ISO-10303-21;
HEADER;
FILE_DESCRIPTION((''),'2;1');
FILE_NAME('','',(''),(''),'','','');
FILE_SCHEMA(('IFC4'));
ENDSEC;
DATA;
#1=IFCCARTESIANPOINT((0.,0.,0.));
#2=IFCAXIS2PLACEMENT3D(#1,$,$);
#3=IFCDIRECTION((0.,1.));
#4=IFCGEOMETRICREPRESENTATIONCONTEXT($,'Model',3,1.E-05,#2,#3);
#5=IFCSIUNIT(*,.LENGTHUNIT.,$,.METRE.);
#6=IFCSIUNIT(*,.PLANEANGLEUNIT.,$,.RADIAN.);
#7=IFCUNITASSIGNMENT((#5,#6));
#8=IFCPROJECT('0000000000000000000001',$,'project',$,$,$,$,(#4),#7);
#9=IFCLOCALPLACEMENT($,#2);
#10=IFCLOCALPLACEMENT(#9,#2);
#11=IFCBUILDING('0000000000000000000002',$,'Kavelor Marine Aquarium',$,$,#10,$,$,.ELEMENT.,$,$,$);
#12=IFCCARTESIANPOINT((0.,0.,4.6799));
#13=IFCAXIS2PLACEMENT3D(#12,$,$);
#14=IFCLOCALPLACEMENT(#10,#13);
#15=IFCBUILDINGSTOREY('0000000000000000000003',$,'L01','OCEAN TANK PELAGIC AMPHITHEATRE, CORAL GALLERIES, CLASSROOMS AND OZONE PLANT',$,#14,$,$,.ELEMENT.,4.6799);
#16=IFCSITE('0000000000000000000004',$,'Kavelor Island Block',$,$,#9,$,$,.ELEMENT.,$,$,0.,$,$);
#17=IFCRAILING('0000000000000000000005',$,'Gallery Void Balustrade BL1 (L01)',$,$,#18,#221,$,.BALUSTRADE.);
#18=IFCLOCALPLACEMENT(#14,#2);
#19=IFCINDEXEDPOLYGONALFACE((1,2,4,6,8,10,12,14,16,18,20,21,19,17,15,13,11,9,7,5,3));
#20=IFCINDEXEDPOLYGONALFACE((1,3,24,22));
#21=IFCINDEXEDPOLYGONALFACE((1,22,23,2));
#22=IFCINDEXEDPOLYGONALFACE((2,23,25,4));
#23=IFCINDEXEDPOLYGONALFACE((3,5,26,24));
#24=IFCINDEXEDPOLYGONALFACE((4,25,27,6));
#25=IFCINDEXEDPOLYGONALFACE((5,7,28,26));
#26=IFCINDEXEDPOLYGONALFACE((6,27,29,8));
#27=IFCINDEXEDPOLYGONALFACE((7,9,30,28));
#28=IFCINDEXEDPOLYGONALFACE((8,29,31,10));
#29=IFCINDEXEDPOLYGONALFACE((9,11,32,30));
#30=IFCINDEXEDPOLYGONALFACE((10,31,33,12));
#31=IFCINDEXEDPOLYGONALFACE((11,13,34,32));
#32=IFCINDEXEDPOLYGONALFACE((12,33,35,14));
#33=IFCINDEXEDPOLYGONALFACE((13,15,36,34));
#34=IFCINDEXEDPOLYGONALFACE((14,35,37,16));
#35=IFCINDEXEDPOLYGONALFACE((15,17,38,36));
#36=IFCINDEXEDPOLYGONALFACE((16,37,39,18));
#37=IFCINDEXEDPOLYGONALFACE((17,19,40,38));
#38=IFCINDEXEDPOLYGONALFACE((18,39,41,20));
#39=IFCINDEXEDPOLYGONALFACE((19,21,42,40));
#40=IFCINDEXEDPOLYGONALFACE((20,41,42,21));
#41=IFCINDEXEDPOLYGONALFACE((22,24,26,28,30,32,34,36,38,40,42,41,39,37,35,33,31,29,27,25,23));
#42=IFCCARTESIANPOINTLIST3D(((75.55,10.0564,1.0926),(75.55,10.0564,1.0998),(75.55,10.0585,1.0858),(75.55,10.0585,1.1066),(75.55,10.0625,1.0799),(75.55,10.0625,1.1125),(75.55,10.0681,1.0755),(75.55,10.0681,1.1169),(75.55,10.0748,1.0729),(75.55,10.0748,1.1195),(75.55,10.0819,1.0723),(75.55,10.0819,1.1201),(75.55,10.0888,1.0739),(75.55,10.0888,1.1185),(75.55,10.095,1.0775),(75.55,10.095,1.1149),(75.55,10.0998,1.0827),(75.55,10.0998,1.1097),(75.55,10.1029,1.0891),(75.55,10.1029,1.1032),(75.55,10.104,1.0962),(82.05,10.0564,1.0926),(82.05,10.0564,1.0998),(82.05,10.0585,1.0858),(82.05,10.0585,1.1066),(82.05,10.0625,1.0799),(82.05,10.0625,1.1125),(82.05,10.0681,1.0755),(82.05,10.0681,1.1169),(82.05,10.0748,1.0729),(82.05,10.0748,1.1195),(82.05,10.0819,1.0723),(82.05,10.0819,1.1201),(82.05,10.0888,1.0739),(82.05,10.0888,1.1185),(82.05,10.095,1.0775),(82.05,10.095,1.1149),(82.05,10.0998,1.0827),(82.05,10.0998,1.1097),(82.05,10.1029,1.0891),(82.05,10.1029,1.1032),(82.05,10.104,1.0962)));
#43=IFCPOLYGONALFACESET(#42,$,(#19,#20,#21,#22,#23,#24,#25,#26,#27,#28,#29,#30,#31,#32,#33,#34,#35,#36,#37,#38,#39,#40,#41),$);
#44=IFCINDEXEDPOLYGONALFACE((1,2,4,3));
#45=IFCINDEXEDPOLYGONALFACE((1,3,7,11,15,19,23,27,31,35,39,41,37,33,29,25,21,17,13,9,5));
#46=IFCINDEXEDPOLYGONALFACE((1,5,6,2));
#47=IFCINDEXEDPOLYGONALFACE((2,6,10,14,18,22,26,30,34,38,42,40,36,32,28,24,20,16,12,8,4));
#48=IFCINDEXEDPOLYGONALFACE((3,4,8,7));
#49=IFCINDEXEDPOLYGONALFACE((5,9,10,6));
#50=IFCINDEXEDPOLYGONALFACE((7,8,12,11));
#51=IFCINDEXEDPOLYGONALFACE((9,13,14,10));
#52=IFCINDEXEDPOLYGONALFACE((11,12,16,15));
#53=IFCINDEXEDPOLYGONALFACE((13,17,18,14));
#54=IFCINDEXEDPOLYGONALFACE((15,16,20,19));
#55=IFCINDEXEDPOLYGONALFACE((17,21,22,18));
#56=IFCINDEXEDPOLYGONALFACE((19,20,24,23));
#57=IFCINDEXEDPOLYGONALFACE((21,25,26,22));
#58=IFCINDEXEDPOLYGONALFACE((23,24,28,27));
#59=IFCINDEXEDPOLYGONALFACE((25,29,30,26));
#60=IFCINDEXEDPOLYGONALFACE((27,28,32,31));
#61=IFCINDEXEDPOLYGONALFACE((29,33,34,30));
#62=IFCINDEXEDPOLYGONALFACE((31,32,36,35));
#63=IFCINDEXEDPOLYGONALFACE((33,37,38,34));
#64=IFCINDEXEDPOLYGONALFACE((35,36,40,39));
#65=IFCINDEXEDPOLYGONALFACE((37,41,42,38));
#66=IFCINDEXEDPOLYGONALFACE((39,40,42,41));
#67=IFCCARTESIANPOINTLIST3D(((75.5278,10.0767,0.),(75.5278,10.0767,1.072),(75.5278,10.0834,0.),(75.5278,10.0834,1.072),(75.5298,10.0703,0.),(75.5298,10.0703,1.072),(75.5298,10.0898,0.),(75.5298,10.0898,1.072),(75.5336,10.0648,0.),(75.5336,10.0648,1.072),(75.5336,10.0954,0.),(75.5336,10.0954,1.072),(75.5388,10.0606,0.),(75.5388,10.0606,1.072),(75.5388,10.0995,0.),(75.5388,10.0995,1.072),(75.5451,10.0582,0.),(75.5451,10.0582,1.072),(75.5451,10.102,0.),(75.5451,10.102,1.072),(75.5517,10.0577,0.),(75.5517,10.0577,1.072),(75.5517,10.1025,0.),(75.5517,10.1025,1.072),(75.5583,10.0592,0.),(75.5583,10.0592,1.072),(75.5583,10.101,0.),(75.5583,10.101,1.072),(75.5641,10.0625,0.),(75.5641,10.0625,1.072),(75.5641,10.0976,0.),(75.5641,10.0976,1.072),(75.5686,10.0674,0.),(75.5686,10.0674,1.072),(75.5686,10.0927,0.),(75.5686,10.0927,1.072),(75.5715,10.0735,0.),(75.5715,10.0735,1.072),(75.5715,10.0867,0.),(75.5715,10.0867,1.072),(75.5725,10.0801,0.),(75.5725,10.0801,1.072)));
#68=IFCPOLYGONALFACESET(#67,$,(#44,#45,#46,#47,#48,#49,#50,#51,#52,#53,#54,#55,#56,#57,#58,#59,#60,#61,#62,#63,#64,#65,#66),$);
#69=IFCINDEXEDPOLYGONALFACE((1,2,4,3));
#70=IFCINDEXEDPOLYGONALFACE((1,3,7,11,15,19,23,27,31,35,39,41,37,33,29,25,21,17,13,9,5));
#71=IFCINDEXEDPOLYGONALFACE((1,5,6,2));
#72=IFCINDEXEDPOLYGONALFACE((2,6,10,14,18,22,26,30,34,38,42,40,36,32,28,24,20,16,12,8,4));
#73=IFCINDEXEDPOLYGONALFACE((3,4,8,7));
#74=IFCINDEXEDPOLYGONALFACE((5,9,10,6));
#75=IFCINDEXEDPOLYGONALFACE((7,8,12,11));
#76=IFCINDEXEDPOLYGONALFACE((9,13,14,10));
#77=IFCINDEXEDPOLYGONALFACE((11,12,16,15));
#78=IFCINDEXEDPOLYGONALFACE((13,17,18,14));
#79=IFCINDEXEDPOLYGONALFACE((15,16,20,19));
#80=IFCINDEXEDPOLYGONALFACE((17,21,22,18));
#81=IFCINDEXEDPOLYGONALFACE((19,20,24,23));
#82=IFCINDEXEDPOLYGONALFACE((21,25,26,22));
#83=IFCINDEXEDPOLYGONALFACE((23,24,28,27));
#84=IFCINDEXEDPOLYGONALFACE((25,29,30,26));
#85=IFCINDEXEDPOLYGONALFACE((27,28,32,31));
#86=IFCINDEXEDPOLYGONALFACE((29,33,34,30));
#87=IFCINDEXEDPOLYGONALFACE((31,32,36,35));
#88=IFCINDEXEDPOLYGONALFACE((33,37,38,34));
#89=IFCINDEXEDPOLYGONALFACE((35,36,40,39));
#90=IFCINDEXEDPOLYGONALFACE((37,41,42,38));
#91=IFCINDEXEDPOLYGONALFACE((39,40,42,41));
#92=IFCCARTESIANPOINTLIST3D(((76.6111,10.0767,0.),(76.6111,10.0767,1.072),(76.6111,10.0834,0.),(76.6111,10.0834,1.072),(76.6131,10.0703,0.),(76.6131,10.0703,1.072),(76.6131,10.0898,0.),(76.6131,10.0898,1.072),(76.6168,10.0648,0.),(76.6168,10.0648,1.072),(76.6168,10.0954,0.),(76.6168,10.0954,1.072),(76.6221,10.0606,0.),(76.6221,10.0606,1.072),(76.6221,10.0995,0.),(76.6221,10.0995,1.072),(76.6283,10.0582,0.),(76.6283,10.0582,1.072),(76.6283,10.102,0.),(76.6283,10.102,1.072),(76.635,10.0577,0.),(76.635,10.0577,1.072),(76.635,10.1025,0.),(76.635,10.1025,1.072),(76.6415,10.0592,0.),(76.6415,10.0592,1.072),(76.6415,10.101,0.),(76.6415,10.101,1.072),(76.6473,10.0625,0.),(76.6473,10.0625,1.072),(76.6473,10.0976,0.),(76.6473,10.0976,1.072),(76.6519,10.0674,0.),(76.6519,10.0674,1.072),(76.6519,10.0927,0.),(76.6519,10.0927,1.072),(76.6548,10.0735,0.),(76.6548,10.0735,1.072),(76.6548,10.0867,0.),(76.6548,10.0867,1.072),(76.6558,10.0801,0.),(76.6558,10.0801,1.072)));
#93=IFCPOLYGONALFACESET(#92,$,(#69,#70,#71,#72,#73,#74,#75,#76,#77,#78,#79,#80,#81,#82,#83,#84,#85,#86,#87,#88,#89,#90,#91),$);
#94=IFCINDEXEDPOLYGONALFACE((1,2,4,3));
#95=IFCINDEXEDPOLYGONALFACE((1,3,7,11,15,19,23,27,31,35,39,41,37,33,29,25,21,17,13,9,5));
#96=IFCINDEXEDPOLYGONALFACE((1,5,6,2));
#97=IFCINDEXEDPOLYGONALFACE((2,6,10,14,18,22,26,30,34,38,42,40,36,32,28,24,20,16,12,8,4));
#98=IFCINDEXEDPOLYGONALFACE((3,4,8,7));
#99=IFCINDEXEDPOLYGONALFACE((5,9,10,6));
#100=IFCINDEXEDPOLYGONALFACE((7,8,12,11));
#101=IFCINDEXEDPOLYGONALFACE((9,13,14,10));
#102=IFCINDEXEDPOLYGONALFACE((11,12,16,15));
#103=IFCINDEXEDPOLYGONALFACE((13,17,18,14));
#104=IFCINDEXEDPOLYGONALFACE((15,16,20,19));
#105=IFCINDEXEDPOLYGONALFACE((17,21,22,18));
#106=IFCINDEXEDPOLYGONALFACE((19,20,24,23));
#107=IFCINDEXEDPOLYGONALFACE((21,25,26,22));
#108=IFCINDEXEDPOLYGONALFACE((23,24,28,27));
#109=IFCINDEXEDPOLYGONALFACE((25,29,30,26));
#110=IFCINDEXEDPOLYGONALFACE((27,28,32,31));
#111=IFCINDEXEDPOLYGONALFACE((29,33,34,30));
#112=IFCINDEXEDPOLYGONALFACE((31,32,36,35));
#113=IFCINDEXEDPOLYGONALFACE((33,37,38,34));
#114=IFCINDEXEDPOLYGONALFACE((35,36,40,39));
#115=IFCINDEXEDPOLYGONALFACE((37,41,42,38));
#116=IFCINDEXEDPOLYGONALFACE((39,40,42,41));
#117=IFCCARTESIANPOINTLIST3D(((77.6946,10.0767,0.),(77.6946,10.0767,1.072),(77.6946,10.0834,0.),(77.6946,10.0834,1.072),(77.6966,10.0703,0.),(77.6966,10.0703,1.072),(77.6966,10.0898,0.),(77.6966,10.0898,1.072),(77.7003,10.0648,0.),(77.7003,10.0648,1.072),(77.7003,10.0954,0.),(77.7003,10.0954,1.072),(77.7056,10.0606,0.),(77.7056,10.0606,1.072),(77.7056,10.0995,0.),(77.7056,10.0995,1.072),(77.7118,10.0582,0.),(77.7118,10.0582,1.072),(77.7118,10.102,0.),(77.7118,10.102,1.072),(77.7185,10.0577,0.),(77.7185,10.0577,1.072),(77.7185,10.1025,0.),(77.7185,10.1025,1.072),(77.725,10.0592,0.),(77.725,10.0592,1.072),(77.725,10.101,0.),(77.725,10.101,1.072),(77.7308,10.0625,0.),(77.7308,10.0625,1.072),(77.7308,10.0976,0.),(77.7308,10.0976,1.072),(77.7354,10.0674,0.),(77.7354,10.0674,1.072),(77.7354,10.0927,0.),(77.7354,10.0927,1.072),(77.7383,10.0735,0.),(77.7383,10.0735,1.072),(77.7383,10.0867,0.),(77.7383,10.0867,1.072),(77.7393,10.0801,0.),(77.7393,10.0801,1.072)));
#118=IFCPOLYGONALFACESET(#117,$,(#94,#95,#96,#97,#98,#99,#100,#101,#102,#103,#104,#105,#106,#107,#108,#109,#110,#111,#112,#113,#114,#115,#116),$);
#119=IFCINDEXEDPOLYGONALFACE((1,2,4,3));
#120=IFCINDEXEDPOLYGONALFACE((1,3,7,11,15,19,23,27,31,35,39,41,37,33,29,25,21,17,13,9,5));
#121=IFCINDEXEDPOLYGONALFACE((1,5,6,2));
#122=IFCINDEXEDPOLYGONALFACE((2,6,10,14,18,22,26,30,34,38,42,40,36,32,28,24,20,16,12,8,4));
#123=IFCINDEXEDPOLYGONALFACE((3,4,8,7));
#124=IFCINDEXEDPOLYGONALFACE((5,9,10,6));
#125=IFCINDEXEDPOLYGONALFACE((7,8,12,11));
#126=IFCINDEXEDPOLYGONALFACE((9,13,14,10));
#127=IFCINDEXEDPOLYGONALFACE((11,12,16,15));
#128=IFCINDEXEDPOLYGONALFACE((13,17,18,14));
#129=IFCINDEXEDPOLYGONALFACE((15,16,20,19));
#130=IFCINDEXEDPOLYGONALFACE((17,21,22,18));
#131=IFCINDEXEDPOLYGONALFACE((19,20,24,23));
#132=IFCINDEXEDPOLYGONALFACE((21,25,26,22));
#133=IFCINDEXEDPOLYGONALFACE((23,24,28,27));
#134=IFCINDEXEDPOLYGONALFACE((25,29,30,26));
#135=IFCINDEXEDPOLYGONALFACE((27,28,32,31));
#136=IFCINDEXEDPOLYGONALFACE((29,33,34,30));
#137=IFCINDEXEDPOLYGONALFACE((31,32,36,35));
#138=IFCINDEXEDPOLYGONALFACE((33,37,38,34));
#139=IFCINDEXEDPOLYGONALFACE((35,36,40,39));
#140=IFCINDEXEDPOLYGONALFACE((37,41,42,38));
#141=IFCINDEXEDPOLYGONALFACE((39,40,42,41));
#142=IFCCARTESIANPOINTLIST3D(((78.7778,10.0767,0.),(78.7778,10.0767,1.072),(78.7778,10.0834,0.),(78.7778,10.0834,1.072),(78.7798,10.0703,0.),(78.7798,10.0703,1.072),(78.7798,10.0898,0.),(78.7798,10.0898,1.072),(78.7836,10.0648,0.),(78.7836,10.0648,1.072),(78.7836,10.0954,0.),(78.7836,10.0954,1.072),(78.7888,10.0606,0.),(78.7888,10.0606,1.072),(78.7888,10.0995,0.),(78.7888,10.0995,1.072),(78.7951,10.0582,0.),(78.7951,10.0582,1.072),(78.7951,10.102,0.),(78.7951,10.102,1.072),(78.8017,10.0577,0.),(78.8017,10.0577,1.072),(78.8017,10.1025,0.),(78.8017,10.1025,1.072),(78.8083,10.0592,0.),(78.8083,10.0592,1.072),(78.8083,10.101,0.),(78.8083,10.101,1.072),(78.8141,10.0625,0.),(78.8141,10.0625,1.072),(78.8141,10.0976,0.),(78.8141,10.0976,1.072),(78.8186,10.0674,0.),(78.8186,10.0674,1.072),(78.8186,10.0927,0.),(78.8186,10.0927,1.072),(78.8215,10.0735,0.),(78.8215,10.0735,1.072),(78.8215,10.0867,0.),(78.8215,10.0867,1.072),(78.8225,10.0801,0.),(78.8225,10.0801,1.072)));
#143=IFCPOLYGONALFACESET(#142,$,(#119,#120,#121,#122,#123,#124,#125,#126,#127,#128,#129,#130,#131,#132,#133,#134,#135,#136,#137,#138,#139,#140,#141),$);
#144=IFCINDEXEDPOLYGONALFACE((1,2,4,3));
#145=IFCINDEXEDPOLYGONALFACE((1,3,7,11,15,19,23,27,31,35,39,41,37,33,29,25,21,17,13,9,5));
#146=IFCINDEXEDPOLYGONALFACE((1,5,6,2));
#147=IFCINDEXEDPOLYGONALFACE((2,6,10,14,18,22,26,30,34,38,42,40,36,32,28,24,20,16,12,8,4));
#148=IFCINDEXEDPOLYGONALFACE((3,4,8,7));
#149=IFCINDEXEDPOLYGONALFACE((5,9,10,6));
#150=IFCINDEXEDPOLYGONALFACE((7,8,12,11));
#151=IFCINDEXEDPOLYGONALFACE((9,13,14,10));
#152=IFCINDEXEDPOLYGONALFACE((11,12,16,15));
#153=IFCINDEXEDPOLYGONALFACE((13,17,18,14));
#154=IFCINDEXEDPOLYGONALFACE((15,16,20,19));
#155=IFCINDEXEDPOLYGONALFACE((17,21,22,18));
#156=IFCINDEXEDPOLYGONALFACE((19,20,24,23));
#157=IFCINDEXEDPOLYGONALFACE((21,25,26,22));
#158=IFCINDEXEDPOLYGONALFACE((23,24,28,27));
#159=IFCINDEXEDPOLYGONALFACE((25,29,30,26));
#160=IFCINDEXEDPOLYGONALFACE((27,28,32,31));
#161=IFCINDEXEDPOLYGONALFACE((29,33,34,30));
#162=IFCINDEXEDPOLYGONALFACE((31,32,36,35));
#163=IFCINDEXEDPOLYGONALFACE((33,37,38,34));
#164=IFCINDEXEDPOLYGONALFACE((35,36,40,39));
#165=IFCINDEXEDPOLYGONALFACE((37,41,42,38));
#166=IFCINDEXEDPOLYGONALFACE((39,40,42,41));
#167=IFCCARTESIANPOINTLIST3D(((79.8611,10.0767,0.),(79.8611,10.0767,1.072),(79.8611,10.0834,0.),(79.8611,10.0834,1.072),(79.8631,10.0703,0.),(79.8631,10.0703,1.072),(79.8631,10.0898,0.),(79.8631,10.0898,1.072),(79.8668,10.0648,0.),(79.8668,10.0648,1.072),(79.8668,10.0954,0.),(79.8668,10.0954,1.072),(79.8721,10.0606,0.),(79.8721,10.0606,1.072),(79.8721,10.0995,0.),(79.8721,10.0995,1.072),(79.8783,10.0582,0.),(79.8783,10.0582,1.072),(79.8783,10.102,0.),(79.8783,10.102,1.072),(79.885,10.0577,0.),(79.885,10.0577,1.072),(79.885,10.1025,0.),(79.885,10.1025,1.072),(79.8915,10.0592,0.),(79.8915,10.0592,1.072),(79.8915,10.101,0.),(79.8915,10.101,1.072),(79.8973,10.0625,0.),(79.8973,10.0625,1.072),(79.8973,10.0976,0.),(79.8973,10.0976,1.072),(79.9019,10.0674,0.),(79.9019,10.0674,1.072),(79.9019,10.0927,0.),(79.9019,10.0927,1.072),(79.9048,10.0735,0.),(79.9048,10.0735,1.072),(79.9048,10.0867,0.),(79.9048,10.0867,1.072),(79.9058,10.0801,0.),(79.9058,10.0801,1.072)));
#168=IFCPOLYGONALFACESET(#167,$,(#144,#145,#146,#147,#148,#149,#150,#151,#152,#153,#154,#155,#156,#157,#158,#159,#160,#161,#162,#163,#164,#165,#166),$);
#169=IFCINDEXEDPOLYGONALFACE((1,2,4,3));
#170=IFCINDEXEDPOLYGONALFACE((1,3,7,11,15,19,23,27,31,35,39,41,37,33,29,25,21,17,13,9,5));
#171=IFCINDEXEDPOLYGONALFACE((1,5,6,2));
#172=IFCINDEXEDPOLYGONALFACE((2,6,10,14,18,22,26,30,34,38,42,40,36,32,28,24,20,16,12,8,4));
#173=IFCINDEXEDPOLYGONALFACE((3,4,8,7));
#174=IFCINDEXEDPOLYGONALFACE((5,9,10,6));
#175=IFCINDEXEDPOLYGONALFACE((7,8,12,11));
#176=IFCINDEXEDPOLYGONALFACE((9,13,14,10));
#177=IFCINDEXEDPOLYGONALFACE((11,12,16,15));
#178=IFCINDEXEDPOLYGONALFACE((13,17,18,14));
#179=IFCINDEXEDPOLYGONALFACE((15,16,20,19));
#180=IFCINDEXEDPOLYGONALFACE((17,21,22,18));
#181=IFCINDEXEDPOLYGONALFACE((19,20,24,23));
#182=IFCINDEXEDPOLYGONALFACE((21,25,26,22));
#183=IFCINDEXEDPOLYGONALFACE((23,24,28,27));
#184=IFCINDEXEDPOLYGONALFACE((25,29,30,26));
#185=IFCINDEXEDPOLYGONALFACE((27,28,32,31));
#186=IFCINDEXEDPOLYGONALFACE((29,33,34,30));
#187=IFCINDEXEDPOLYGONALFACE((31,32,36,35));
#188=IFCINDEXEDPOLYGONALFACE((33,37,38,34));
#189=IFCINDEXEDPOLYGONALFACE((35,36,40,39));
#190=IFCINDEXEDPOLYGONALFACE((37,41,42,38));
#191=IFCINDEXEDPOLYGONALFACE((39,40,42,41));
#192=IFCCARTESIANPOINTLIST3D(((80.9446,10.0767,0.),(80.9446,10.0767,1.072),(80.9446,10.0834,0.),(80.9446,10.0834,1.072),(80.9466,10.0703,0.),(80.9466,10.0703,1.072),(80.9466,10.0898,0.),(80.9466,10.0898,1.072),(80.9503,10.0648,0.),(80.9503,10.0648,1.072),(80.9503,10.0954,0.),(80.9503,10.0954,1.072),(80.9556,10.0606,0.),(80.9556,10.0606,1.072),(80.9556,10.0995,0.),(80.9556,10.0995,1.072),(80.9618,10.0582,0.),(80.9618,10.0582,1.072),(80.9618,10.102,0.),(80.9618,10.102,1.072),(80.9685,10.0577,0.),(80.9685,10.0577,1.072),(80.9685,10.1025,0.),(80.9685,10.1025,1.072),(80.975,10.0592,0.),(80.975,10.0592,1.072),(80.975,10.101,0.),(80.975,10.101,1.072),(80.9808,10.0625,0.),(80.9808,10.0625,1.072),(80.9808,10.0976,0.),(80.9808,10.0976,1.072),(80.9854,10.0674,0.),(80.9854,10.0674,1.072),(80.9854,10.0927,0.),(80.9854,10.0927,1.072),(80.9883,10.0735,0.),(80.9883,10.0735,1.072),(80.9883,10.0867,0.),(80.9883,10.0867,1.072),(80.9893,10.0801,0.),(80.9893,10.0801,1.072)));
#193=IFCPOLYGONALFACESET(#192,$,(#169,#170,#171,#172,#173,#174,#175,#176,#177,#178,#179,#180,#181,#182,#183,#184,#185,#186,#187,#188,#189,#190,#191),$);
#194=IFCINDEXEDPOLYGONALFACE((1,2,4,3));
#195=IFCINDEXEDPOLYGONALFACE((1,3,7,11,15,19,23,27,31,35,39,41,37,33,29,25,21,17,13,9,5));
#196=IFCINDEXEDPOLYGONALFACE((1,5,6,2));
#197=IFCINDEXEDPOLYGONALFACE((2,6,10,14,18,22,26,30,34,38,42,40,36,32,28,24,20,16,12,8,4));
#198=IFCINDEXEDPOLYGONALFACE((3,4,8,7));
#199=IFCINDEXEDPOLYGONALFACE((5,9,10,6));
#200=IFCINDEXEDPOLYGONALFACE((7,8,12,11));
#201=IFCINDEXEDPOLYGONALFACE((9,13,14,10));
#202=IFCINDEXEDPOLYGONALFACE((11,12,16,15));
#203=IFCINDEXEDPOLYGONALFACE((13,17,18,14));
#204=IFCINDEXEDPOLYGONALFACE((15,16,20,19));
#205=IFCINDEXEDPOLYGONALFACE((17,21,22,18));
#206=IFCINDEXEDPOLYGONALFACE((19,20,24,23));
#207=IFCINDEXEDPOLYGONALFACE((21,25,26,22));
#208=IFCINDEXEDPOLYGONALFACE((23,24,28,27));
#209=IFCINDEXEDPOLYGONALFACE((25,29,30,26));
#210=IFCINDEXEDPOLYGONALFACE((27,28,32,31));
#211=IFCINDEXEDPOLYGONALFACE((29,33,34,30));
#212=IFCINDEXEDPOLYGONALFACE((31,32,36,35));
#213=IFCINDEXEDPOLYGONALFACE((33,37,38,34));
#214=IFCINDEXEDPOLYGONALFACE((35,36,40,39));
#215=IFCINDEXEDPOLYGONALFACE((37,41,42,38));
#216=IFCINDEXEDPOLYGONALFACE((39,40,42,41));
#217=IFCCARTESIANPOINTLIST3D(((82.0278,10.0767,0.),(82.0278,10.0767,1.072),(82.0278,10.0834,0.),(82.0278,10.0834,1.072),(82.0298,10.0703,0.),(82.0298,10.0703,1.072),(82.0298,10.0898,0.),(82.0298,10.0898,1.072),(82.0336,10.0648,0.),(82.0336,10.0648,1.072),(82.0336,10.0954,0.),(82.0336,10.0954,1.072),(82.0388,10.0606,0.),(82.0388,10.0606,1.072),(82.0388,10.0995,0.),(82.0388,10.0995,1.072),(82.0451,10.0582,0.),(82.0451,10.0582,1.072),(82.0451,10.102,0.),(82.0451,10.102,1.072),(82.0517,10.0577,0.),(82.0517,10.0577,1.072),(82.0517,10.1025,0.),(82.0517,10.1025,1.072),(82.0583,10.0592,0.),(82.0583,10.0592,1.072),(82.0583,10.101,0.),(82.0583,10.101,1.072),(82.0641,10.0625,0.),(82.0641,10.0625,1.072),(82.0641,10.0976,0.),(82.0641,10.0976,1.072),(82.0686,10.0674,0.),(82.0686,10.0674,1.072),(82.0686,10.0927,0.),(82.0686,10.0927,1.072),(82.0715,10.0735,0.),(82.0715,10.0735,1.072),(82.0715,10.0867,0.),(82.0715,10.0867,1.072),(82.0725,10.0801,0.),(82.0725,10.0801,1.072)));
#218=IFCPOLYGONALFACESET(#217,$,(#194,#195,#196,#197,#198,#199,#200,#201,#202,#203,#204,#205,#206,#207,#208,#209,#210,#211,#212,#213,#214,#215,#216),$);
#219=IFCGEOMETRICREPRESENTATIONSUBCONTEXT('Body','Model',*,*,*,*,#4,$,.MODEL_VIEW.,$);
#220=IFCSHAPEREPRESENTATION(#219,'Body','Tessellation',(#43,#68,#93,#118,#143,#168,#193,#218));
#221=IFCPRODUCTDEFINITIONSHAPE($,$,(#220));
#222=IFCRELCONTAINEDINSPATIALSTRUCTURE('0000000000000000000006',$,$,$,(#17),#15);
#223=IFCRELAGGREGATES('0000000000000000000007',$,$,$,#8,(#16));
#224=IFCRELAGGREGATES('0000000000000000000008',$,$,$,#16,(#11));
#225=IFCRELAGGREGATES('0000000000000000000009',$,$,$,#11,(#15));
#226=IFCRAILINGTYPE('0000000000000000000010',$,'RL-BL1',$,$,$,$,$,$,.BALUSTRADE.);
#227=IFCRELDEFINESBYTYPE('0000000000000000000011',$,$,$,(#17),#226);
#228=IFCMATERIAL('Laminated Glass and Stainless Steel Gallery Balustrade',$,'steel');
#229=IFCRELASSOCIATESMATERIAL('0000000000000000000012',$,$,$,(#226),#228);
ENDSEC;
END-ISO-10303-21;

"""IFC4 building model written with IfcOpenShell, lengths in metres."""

from ifc_helpers import new_model, si_unit, direction, frame, origin, origin_2d, place, context, subcontext, project, spatial, circle, extrude, material, type_object, element, save


model = new_model("IFC4")

# Units and contexts
model_context = context("Model", 3, precision=1e-05, world=origin(), true_north=direction((0.0, 1.0)))
body_context = subcontext(model_context, "Body", "Model", "MODEL_VIEW")
ifc_project = project(units=[si_unit("LENGTHUNIT", "METRE"), si_unit("PLANEANGLEUNIT", "RADIAN")], contexts=[model_context])

# Site, building, storey
site_placement = place(None, origin())
site = spatial("IfcSite", under=ifc_project, at=site_placement, Name="Kavelor Island Block", CompositionType="ELEMENT", RefElevation=0.0)
building_placement = place(site_placement, origin())
building = spatial("IfcBuilding", under=site, at=building_placement, Name="Kavelor Marine Aquarium", CompositionType="ELEMENT")
storey_placement = place(building_placement, frame((0.0, 0.0, 4.6799)))
storey = spatial("IfcBuildingStorey", under=building, at=storey_placement, Name="L01", Description="OCEAN TANK PELAGIC AMPHITHEATRE, CORAL GALLERIES, CLASSROOMS AND OZONE PLANT", CompositionType="ELEMENT", Elevation=4.6799)

# Railing
ifc_material_1 = material(Name="Laminated Glass and Stainless Steel Gallery Balustrade", Category="steel")
railing_type = type_object("IfcRailingType", Name="RL-BL1", PredefinedType="BALUSTRADE", material=ifc_material_1)
railing_placement = place(storey_placement, frame((75.55, 10.0801, 0.0)))
element("IfcRailing", 1, at=railing_placement, inside=storey, type_object=railing_type, Name="Gallery Void Balustrade BL1 (L01)", PredefinedType="BALUSTRADE", context=body_context, shape_type="SweptSolid", body=[
    extrude(circle(Radius=0.0239, at=origin_2d()), frame((0.0, 0.0, 1.0962), z_axis=(1.0, 0.0, 0.0), x_axis=(0.0, 1.0, 0.0)), (0.0, 0.0, 1.0), 6.5),
    extrude(circle(Radius=0.0225, at=origin_2d()), origin(), (0.0, 0.0, 1.0), 1.072),
    extrude(circle(Radius=0.0225, at=origin_2d()), frame((1.0833, 0.0, 0.0)), (0.0, 0.0, 1.0), 1.072),
    extrude(circle(Radius=0.0225, at=origin_2d()), frame((2.1667, 0.0, 0.0)), (0.0, 0.0, 1.0), 1.072),
    extrude(circle(Radius=0.0225, at=origin_2d()), frame((3.25, 0.0, 0.0)), (0.0, 0.0, 1.0), 1.072),
    extrude(circle(Radius=0.0225, at=origin_2d()), frame((4.3333, 0.0, 0.0)), (0.0, 0.0, 1.0), 1.072),
    extrude(circle(Radius=0.0225, at=origin_2d()), frame((5.4167, 0.0, 0.0)), (0.0, 0.0, 1.0), 1.072),
    extrude(circle(Radius=0.0225, at=origin_2d()), frame((6.5, 0.0, 0.0)), (0.0, 0.0, 1.0), 1.072),
])

save(model, "model.ifc")
